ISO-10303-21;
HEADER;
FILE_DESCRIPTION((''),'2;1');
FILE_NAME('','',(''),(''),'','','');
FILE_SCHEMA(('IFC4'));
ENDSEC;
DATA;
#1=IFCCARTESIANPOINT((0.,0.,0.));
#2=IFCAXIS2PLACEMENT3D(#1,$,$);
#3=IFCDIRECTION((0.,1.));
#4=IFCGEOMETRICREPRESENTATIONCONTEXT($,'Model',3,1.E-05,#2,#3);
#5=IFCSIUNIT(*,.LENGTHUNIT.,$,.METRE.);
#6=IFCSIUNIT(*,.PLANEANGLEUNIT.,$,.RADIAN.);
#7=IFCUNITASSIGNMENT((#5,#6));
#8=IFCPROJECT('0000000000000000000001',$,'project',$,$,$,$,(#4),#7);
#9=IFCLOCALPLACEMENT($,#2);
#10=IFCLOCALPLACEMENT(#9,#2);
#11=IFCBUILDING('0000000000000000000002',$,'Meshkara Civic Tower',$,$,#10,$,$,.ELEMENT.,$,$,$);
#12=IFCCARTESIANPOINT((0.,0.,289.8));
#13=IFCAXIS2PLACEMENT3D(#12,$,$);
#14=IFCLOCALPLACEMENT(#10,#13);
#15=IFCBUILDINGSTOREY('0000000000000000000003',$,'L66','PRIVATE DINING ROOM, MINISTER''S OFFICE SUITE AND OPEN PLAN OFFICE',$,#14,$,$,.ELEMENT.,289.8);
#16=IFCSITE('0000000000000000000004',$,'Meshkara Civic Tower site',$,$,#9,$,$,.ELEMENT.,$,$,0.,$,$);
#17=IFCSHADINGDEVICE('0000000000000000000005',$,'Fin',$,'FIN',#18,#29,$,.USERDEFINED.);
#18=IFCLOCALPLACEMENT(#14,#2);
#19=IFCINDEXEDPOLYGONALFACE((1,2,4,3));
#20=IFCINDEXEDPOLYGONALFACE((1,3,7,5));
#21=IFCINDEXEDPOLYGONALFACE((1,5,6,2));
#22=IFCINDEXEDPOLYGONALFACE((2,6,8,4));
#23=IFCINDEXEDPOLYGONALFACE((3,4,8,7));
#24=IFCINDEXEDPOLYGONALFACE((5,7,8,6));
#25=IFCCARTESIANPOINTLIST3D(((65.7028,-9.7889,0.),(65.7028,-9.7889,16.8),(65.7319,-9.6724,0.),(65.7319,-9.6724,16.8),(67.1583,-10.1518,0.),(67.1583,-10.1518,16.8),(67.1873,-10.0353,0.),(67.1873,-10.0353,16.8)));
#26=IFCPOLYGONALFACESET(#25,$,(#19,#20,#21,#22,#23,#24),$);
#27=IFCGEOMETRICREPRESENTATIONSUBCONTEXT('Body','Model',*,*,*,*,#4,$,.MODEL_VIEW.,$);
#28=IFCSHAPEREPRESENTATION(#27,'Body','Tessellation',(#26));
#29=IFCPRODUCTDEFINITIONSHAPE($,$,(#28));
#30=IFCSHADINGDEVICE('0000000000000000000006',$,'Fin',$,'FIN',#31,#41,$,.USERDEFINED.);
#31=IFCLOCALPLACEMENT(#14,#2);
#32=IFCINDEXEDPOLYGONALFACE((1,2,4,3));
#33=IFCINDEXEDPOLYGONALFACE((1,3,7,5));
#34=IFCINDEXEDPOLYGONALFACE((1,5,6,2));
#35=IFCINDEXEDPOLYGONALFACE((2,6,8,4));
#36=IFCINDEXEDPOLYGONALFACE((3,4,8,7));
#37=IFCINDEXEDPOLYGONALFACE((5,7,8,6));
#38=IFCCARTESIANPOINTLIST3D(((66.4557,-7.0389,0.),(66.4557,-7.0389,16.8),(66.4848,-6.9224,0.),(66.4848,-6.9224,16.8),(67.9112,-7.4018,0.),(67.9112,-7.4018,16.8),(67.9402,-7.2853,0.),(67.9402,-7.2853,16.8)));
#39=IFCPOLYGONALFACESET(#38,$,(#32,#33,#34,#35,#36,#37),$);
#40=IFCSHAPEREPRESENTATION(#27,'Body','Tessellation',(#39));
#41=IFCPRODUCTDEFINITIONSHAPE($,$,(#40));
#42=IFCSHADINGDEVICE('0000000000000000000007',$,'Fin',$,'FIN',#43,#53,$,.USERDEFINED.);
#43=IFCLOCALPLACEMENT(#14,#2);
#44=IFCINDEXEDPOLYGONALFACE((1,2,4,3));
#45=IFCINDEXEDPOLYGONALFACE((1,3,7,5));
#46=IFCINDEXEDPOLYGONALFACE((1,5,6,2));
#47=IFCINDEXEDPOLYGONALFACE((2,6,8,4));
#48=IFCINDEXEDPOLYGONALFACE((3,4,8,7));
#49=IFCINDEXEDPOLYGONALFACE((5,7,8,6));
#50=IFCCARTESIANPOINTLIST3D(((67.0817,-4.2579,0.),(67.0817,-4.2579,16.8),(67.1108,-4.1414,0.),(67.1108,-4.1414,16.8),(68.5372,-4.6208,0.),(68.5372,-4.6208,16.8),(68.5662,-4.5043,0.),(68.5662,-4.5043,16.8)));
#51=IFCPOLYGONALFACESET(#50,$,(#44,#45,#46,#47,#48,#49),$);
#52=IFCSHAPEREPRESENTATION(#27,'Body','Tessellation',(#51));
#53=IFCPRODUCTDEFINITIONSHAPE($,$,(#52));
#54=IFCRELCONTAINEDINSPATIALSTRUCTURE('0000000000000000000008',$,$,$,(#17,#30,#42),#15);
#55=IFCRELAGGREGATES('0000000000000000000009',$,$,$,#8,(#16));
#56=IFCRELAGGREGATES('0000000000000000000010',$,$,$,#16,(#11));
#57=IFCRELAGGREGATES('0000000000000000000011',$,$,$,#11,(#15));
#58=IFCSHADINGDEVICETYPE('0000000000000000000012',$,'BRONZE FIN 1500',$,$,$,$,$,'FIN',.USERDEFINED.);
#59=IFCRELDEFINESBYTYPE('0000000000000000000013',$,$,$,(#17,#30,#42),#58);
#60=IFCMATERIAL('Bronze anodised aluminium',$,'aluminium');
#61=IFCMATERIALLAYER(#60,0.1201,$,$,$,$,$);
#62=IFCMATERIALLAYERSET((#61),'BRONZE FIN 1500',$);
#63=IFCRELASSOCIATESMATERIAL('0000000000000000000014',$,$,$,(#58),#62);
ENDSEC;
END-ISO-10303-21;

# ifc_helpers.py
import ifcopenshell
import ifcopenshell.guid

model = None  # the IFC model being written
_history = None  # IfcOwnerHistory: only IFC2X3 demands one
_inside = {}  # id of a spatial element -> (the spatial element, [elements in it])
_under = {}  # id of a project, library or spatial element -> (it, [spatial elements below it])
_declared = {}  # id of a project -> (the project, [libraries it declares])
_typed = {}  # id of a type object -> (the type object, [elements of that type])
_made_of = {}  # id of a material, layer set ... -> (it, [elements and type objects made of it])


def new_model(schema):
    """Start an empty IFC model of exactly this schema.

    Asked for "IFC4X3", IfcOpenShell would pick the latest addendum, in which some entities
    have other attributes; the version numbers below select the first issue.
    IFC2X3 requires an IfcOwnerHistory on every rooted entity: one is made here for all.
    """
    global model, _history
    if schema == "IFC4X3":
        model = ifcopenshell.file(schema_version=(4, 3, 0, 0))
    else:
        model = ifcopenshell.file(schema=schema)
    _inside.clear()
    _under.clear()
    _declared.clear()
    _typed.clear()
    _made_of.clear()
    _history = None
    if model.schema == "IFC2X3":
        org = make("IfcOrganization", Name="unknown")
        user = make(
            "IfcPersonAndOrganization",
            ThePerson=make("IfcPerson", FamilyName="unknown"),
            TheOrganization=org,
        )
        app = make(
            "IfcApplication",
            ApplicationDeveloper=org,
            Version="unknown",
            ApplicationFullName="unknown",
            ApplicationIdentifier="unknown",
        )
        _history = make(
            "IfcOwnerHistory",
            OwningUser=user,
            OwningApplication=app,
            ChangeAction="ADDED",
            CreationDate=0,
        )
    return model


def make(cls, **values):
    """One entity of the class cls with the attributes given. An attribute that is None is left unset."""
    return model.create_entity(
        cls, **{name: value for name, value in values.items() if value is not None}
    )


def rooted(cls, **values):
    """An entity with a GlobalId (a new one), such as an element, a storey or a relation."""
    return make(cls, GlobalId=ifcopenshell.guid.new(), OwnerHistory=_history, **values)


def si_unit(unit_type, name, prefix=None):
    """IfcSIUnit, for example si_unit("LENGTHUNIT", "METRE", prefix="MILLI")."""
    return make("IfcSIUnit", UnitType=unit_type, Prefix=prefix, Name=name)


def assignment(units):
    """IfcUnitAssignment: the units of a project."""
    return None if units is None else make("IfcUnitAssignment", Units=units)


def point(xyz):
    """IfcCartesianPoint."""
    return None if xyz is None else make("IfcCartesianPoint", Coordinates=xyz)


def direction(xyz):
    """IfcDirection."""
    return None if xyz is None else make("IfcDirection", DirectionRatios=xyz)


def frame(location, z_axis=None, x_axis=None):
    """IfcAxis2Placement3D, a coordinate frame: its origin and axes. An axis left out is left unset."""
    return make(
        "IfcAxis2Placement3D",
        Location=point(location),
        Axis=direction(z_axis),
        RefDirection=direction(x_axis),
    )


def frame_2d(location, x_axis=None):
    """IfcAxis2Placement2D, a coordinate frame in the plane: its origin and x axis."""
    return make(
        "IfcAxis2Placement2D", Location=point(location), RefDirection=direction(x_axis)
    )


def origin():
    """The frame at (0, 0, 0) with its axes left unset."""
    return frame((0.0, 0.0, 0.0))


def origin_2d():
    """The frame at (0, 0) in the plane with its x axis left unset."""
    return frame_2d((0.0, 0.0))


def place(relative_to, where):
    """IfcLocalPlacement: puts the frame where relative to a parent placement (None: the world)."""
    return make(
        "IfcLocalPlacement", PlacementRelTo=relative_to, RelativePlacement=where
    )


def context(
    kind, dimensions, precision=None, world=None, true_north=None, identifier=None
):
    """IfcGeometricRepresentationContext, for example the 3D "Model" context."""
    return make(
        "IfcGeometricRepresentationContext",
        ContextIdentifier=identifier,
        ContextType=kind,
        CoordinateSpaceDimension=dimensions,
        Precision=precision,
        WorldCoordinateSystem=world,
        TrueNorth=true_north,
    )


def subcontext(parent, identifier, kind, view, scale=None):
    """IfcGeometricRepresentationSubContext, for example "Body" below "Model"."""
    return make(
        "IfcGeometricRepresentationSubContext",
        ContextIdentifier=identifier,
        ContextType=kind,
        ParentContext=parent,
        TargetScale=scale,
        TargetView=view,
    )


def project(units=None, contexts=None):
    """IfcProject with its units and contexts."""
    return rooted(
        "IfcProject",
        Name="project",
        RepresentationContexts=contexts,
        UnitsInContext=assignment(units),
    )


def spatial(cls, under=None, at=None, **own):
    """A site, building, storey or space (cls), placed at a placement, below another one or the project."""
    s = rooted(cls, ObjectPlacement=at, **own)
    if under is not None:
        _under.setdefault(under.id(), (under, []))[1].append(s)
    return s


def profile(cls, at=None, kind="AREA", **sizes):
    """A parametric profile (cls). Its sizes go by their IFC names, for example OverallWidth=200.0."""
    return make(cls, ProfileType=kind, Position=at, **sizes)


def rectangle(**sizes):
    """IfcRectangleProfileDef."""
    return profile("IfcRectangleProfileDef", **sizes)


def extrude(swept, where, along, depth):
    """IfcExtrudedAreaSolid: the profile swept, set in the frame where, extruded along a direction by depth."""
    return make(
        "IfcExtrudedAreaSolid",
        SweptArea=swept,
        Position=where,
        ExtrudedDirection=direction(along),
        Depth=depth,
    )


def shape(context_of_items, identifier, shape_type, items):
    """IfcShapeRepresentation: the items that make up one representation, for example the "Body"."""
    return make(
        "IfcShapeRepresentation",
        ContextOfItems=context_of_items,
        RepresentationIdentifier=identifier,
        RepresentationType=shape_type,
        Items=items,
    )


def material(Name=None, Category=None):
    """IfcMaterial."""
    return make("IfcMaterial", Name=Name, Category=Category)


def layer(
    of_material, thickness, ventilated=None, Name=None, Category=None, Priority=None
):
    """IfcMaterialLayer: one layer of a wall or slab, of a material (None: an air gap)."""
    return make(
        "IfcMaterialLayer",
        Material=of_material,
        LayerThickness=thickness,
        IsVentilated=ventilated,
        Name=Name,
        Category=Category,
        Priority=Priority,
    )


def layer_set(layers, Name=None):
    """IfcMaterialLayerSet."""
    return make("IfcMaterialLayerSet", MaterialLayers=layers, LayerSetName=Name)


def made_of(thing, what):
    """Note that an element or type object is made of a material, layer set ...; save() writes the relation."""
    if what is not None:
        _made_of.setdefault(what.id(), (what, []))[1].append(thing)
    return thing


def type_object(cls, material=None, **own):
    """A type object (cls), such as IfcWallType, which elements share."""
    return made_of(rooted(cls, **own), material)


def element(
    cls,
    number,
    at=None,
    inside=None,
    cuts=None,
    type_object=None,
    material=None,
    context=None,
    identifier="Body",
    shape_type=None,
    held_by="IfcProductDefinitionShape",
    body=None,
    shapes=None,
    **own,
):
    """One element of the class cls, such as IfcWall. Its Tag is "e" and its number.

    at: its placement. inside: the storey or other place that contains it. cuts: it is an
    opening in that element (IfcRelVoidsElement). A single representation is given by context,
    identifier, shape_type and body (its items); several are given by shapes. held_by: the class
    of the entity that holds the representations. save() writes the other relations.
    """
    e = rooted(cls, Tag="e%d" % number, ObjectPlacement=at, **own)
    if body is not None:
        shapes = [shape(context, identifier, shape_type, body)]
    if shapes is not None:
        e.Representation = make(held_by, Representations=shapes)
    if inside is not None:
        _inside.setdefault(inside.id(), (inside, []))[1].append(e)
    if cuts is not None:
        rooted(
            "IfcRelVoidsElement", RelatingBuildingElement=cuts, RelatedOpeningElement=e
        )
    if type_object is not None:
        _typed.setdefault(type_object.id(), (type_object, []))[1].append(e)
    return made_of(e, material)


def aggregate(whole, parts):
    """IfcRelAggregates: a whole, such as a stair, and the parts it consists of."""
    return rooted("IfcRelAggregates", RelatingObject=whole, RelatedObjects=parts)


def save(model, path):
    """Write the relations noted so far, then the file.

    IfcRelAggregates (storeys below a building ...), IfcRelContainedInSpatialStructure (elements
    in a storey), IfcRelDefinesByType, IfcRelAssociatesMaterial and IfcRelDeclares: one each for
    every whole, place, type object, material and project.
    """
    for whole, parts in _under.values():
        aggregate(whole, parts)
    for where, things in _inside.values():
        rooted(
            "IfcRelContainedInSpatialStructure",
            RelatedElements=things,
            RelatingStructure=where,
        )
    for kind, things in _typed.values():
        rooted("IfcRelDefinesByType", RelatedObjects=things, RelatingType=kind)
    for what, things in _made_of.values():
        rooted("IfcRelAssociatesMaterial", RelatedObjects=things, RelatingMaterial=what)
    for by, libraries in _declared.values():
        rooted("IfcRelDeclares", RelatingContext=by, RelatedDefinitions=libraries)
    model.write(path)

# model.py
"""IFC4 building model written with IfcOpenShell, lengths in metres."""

from ifc_helpers import new_model, si_unit, direction, frame, origin, origin_2d, place, context, subcontext, project, spatial, rectangle, extrude, material, layer, layer_set, type_object, element, save


model = new_model("IFC4")

# Units and contexts
model_context = context("Model", 3, precision=1e-05, world=origin(), true_north=direction((0.0, 1.0)))
body_context = subcontext(model_context, "Body", "Model", "MODEL_VIEW")
ifc_project = project(units=[si_unit("LENGTHUNIT", "METRE"), si_unit("PLANEANGLEUNIT", "RADIAN")], contexts=[model_context])

# Site, building, storey
site_placement = place(None, origin())
site = spatial("IfcSite", under=ifc_project, at=site_placement, Name="Meshkara Civic Tower site", CompositionType="ELEMENT", RefElevation=0.0)
building_placement = place(site_placement, origin())
building = spatial("IfcBuilding", under=site, at=building_placement, Name="Meshkara Civic Tower", CompositionType="ELEMENT")
storey_placement = place(building_placement, frame((0.0, 0.0, 289.8)))
storey = spatial("IfcBuildingStorey", under=building, at=storey_placement, Name="L66", Description="PRIVATE DINING ROOM, MINISTER'S OFFICE SUITE AND OPEN PLAN OFFICE", CompositionType="ELEMENT", Elevation=289.8)

# Shading devices
ifc_material_1 = material(Name="Bronze anodised aluminium", Category="aluminium")
ifc_layer_1 = layer(ifc_material_1, 0.1201)
ifc_layer_set_1 = layer_set([ifc_layer_1], Name="BRONZE FIN 1500")
shading_device_type_1 = type_object("IfcShadingDeviceType", Name="BRONZE FIN 1500", ElementType="FIN", PredefinedType="USERDEFINED", material=ifc_layer_set_1)
for number, where, z_axis, x_axis, name in (
    (1, (66.4451, -9.9121, 0.0), (0.0, 0.0, 1.0), (0.241939, 0.970292, 0.0), "Fin"),
    (2, (67.198, -7.1621, 0.0), (0.0, 0.0, 1.0), (0.241939, 0.970292, 0.0), "Fin"),
    (3, (67.824, -4.3811, 0.0), (0.0, 0.0, 1.0), (0.241939, 0.970292, 0.0), "Fin"),
):
    element("IfcShadingDevice", number, at=place(storey_placement, frame(where, z_axis=z_axis, x_axis=x_axis)), inside=storey, type_object=shading_device_type_1, Name=name, ObjectType="FIN", PredefinedType="USERDEFINED", context=body_context, shape_type="SweptSolid", body=[
        extrude(rectangle(XDim=0.1201, YDim=1.5, at=origin_2d()), origin(), (0.0, 0.0, 1.0), 16.8),
    ])

save(model, "model.ifc")
